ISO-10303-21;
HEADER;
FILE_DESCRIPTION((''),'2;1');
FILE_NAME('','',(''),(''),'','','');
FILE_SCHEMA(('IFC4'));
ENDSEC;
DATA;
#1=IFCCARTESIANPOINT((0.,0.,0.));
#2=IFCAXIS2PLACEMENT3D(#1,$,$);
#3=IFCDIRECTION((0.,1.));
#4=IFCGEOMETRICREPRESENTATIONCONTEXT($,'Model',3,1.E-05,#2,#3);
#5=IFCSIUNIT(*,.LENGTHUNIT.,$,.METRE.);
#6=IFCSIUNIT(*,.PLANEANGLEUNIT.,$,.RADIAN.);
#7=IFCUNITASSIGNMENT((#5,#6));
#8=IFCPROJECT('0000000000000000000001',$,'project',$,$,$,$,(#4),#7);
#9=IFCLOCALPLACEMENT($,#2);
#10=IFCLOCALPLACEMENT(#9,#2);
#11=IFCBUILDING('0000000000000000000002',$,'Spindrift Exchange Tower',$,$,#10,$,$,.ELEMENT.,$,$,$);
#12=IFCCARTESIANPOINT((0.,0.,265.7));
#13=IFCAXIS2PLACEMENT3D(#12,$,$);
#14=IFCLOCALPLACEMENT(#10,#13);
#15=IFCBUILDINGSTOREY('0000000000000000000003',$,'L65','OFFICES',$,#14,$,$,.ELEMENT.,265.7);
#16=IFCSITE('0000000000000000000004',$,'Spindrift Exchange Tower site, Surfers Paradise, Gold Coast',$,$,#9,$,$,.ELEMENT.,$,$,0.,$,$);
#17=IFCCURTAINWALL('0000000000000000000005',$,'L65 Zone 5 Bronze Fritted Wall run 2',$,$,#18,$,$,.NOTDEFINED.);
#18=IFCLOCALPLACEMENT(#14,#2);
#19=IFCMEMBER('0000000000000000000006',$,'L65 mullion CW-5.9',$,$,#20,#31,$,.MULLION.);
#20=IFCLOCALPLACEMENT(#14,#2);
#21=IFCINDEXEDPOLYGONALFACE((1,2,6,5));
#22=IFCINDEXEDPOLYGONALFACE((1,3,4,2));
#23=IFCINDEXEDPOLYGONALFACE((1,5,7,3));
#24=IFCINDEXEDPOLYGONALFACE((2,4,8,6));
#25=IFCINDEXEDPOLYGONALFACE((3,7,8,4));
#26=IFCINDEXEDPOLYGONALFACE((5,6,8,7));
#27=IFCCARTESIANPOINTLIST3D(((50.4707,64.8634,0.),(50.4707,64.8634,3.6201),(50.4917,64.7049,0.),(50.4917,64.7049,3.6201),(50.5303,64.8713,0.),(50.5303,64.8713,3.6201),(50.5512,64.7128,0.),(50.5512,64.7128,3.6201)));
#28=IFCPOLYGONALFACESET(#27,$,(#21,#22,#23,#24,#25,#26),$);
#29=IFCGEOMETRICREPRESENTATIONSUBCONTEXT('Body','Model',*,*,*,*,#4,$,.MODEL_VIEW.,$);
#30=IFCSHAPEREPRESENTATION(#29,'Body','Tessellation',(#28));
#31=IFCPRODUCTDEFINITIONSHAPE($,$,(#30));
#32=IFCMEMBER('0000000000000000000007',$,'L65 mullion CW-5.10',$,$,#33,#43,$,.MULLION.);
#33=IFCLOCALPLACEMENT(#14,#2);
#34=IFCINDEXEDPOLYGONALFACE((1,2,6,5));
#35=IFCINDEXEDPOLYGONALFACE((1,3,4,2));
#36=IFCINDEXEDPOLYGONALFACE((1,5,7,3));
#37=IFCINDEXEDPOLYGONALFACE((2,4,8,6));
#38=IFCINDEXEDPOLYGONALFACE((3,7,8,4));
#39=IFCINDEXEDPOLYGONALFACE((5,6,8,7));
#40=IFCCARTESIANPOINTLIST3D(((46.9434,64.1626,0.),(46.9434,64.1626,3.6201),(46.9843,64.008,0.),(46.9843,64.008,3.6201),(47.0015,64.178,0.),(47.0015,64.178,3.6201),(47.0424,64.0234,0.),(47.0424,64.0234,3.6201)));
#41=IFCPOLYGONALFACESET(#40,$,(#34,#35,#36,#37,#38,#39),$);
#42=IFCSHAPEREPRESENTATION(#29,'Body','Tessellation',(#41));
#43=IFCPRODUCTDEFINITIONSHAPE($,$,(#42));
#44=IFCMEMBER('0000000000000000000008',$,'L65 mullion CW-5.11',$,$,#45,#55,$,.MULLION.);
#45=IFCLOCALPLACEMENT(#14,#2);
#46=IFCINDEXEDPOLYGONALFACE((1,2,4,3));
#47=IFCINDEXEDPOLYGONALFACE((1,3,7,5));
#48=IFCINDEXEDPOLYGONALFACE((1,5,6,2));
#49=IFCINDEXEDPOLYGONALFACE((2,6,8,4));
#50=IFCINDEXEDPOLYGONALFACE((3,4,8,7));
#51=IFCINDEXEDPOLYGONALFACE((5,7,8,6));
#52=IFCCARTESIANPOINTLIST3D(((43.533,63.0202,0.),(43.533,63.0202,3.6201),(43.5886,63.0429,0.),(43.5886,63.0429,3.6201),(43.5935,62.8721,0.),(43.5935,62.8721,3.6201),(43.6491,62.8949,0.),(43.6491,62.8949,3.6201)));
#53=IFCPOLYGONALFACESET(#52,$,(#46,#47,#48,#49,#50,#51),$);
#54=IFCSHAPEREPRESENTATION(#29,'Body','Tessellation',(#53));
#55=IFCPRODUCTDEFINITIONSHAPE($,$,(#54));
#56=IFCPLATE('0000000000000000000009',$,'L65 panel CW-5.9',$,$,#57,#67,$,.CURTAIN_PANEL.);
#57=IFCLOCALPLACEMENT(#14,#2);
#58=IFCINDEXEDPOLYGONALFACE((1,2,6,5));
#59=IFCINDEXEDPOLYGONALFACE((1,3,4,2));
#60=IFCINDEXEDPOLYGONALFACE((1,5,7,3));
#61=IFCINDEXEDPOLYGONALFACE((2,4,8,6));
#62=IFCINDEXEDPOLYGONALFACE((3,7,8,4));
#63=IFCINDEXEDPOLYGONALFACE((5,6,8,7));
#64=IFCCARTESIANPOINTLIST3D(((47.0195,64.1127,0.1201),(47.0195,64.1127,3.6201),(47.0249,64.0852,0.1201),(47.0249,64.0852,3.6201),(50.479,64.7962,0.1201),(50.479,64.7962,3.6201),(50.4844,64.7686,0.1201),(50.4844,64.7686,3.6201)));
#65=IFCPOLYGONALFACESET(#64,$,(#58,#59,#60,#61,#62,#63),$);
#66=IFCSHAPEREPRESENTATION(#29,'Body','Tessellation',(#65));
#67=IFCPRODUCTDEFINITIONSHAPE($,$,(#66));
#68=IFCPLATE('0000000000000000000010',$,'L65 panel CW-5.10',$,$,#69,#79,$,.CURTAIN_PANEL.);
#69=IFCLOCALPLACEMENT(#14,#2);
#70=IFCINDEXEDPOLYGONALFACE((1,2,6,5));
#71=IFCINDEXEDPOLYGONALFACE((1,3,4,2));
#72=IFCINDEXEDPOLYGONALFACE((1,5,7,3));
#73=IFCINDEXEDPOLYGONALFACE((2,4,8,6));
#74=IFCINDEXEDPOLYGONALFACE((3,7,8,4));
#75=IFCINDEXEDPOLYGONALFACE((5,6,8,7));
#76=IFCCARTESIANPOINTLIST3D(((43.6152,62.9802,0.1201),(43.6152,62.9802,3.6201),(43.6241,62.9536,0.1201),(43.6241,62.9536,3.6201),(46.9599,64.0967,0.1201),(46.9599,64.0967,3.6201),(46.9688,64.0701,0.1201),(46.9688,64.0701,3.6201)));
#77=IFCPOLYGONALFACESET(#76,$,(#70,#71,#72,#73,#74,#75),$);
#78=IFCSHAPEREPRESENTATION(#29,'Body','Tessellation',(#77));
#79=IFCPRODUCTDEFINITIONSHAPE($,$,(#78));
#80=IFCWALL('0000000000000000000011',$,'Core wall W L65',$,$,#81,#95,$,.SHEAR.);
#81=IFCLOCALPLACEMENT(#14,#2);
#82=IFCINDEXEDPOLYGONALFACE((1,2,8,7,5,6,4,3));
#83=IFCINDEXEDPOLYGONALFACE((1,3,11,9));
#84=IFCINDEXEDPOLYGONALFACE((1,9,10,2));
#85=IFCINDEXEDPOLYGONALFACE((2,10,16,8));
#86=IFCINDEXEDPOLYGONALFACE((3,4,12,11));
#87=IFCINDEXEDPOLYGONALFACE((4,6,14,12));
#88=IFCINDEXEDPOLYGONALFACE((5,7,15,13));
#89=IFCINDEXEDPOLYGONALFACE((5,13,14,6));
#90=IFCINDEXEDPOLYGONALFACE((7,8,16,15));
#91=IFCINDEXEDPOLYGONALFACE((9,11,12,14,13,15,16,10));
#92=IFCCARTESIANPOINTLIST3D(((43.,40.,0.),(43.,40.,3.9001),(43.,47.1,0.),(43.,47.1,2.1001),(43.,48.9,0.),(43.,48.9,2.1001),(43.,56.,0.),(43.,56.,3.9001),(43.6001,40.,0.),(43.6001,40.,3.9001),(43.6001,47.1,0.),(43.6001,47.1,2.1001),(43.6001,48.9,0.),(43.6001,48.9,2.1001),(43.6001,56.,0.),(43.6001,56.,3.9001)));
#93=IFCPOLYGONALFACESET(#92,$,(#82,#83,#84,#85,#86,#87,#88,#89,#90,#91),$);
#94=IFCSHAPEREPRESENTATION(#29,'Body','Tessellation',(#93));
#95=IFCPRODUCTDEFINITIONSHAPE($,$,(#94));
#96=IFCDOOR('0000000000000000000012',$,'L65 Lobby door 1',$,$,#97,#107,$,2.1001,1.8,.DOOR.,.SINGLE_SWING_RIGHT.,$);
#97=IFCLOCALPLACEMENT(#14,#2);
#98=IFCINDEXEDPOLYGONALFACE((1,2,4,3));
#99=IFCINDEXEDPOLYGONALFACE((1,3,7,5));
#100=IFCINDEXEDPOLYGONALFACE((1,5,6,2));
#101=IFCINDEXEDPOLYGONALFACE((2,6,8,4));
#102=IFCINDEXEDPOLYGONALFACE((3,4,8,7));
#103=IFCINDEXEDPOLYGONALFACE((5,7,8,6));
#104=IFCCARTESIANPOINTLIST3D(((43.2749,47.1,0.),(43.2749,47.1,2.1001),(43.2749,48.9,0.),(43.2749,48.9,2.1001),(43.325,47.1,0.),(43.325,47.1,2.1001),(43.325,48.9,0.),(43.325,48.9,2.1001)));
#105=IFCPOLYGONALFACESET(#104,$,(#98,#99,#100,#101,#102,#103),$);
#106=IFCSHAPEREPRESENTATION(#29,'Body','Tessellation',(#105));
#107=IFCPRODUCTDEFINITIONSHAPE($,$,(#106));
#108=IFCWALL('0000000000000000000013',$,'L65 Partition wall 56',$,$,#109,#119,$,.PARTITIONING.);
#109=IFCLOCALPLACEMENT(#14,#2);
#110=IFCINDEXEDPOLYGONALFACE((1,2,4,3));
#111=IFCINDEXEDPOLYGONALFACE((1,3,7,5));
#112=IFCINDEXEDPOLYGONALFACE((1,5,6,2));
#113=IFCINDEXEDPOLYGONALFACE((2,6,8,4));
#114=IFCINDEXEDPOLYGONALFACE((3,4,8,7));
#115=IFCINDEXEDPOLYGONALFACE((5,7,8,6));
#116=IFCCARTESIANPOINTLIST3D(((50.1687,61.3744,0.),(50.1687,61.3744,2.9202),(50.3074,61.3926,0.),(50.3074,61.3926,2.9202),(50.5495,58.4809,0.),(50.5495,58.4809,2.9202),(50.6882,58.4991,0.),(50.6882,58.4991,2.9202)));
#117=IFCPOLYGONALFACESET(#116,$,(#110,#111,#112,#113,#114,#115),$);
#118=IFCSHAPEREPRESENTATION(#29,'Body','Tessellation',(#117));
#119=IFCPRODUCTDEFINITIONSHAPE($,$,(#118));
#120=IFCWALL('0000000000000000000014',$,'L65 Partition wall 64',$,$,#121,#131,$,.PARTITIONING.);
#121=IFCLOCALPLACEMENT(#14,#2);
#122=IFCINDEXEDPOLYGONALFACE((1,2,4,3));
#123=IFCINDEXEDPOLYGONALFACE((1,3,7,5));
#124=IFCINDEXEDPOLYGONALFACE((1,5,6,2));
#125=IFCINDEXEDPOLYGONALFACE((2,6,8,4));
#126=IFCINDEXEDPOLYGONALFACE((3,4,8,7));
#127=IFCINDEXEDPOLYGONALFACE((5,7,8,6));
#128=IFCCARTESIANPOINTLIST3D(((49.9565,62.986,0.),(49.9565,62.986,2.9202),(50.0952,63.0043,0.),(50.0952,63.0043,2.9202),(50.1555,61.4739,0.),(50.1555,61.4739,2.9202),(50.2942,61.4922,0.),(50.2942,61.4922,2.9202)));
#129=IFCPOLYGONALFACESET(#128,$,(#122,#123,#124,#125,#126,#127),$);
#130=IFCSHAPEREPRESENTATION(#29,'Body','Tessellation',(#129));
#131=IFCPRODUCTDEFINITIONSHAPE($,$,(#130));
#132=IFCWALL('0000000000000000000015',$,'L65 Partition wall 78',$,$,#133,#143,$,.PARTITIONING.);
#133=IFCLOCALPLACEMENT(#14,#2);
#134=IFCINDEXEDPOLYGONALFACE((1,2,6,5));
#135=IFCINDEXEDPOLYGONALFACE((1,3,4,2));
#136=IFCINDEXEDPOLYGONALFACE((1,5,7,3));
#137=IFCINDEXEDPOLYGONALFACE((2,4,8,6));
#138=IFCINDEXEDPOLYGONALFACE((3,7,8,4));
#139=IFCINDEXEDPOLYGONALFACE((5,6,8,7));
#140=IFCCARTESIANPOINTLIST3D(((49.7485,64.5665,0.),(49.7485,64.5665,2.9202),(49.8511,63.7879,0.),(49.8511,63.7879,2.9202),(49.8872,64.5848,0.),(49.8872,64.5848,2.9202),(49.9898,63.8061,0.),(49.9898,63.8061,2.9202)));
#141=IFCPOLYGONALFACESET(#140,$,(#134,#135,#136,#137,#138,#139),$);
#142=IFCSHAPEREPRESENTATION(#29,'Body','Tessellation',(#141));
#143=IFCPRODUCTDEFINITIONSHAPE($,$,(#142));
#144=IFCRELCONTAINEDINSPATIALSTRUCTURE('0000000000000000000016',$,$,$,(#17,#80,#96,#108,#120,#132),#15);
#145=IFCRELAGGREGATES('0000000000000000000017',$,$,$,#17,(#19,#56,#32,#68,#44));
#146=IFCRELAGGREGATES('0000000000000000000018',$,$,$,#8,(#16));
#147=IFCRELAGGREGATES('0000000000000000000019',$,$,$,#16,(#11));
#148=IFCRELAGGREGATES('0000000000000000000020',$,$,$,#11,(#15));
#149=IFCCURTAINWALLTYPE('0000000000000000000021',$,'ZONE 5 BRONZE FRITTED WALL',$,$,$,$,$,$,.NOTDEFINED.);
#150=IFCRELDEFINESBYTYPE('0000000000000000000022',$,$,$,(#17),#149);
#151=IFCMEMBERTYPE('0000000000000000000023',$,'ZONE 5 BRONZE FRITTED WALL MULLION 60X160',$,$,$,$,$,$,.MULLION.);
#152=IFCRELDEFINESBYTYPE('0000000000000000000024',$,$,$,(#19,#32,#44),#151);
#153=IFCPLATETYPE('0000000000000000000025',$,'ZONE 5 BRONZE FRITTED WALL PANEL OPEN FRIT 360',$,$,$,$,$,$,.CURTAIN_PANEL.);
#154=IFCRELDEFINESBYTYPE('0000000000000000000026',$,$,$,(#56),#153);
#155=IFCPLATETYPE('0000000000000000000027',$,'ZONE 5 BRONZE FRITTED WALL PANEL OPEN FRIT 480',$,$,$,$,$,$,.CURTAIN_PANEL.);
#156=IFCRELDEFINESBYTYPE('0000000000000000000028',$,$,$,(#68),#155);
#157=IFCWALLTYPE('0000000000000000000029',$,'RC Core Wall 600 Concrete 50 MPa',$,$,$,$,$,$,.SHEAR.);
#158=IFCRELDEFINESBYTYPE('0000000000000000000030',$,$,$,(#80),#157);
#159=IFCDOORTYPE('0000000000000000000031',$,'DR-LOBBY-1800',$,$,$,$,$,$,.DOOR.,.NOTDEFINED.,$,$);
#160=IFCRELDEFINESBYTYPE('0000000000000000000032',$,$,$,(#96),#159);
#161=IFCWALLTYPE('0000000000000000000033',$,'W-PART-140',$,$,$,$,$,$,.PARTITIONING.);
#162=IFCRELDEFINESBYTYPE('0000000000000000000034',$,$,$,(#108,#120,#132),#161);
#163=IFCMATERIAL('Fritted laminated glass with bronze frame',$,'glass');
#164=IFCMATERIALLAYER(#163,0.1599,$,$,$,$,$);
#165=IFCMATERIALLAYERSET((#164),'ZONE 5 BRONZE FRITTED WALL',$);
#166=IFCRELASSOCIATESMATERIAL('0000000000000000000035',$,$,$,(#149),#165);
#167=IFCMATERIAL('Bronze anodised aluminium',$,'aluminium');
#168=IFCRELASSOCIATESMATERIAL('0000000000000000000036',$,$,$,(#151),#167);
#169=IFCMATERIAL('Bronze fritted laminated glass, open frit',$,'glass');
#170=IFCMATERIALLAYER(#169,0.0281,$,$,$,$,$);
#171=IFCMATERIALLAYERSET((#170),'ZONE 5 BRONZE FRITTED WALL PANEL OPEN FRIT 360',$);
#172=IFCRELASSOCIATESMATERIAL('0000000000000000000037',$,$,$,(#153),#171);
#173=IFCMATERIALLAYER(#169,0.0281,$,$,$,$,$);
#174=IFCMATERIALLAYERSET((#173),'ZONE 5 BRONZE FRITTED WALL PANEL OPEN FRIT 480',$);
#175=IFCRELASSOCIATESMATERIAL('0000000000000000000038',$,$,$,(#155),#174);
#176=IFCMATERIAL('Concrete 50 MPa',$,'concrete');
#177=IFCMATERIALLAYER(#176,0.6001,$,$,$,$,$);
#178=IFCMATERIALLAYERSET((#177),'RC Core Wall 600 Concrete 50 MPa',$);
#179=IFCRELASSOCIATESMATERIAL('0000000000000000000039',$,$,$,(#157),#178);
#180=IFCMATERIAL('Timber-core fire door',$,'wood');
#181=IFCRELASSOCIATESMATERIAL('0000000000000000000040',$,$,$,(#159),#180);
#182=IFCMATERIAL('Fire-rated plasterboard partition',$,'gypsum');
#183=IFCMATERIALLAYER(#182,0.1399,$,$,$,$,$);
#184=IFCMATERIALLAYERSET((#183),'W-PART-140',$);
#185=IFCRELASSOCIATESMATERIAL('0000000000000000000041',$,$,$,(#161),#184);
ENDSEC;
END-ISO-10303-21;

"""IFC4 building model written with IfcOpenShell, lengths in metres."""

from ifc_helpers import new_model, si_unit, direction, frame, frame_2d, origin, origin_2d, place, context, subcontext, project, spatial, rectangle, extrude, source, transform, mapped, material, layer, layer_set, material_profile, profile_set, type_object, element, fill, aggregate, save


model = new_model("IFC4")

# Units and contexts
model_context = context("Model", 3, precision=1e-05, world=origin(), true_north=direction((0.0, 1.0)))
body_context = subcontext(model_context, "Body", "Model", "MODEL_VIEW")
ifc_project = project(units=[si_unit("LENGTHUNIT", "METRE"), si_unit("PLANEANGLEUNIT", "RADIAN")], contexts=[model_context])

# Site, building, storey
site_placement = place(None, origin())
site = spatial("IfcSite", under=ifc_project, at=site_placement, Name="Spindrift Exchange Tower site, Surfers Paradise, Gold Coast", CompositionType="ELEMENT", RefElevation=0.0)
building_placement = place(site_placement, origin())
building = spatial("IfcBuilding", under=site, at=building_placement, Name="Spindrift Exchange Tower", CompositionType="ELEMENT")
storey_placement = place(building_placement, frame((0.0, 0.0, 265.7)))
storey = spatial("IfcBuildingStorey", under=building, at=storey_placement, Name="L65", Description="OFFICES", CompositionType="ELEMENT", Elevation=265.7)

# Curtain wall, members, plates
ifc_material_1 = material(Name="Fritted laminated glass with bronze frame", Category="glass")
ifc_layer_1 = layer(ifc_material_1, 0.1599)
ifc_layer_set_1 = layer_set([ifc_layer_1], Name="ZONE 5 BRONZE FRITTED WALL")
curtain_wall_type = type_object("IfcCurtainWallType", Name="ZONE 5 BRONZE FRITTED WALL", PredefinedType="NOTDEFINED", material=ifc_layer_set_1)
curtain_wall_placement = place(storey_placement, origin())
curtain_wall = element("IfcCurtainWall", 1, at=curtain_wall_placement, inside=storey, type_object=curtain_wall_type, Name="L65 Zone 5 Bronze Fritted Wall run 2", PredefinedType="NOTDEFINED")
ifc_material_2 = material(Name="Bronze anodised aluminium", Category="aluminium")
ifc_material_profile_1 = material_profile(ifc_material_2, rectangle(XDim=0.0601, YDim=0.1599, at=origin_2d()), Name="ZONE 5 BRONZE FRITTED WALL MULLION 60X160")
ifc_profile_set_1 = profile_set([ifc_material_profile_1], Name="Bronze anodised aluminium")
member_type_1 = type_object("IfcMemberType", Name="ZONE 5 BRONZE FRITTED WALL MULLION 60X160", PredefinedType="MULLION", material=ifc_profile_set_1)
shared_shape_1 = source(origin(), body_context, "Body", "SweptSolid", [
    extrude(rectangle(XDim=0.0601, YDim=0.1599, at=origin_2d()), origin(), (0.0, 0.0, 1.0), 3.6201),
])
member_1_placement = place(storey_placement, frame((50.511, 64.7881, 0.0), z_axis=(0.0, 0.0, 1.0), x_axis=(-0.99137, -0.131096, 0.0)))
member_1 = element("IfcMember", 2, at=member_1_placement, type_object=member_type_1, Name="L65 mullion CW-5.9", PredefinedType="MULLION", context=body_context, shape_type="MappedRepresentation", body=[
    mapped(shared_shape_1, transform((0.0, 0.0, 0.0), scale=1.0)),
])
member_2_placement = place(storey_placement, frame((46.9929, 64.093, 0.0), z_axis=(0.0, 0.0, 1.0), x_axis=(-0.966742, -0.255754, 0.0)))
member_2 = element("IfcMember", 3, at=member_2_placement, type_object=member_type_1, Name="L65 mullion CW-5.10", PredefinedType="MULLION", context=body_context, shape_type="MappedRepresentation", body=[
    mapped(shared_shape_1, transform((0.0, 0.0, 0.0), scale=1.0)),
])
member_3_placement = place(storey_placement, frame((43.5911, 62.9575, 0.0), z_axis=(0.0, 0.0, 1.0), x_axis=(-0.92569, -0.378284, 0.0)))
member_3 = element("IfcMember", 4, at=member_3_placement, type_object=member_type_1, Name="L65 mullion CW-5.11", PredefinedType="MULLION", context=body_context, shape_type="MappedRepresentation", body=[
    mapped(shared_shape_1, transform((0.0, 0.0, 0.0), scale=1.0)),
])
ifc_material_3 = material(Name="Bronze fritted laminated glass, open frit", Category="glass")
ifc_layer_2 = layer(ifc_material_3, 0.0281)
ifc_layer_set_2 = layer_set([ifc_layer_2], Name="ZONE 5 BRONZE FRITTED WALL PANEL OPEN FRIT 360")
plate_type_1 = type_object("IfcPlateType", Name="ZONE 5 BRONZE FRITTED WALL PANEL OPEN FRIT 360", PredefinedType="CURTAIN_PANEL", material=ifc_layer_set_2)
shared_shape_2 = source(origin(), body_context, "Body", "SweptSolid", [
    extrude(rectangle(XDim=3.5264, YDim=0.0281, at=origin_2d()), origin(), (0.0, 0.0, 1.0), 3.5),
])
plate_1_placement = place(storey_placement, frame((48.752, 64.4407, 0.1201), z_axis=(0.0, 0.0, 1.0), x_axis=(-0.981037, -0.19382, 0.0)))
plate_1 = element("IfcPlate", 5, at=plate_1_placement, type_object=plate_type_1, Name="L65 panel CW-5.9", PredefinedType="CURTAIN_PANEL", context=body_context, shape_type="MappedRepresentation", body=[
    mapped(shared_shape_2, transform((0.0, 0.0, 0.0), scale=1.0)),
])
ifc_layer_3 = layer(ifc_material_3, 0.0281)
ifc_layer_set_3 = layer_set([ifc_layer_3], Name="ZONE 5 BRONZE FRITTED WALL PANEL OPEN FRIT 480")
plate_type_2 = type_object("IfcPlateType", Name="ZONE 5 BRONZE FRITTED WALL PANEL OPEN FRIT 480", PredefinedType="CURTAIN_PANEL", material=ifc_layer_set_3)
shared_shape_3 = source(origin(), body_context, "Body", "SweptSolid", [
    extrude(rectangle(XDim=3.5261, YDim=0.0281, at=origin_2d()), origin(), (0.0, 0.0, 1.0), 3.5),
])
plate_2_placement = place(storey_placement, frame((45.292, 63.5251, 0.1201), z_axis=(0.0, 0.0, 1.0), x_axis=(-0.948541, -0.316654, 0.0)))
plate_2 = element("IfcPlate", 6, at=plate_2_placement, type_object=plate_type_2, Name="L65 panel CW-5.10", PredefinedType="CURTAIN_PANEL", context=body_context, shape_type="MappedRepresentation", body=[
    mapped(shared_shape_3, transform((0.0, 0.0, 0.0), scale=1.0)),
])
aggregate(curtain_wall, [member_1, plate_1, member_2, plate_2, member_3])

# Wall, opening, door
ifc_material_4 = material(Name="Concrete 50 MPa", Category="concrete")
ifc_layer_4 = layer(ifc_material_4, 0.6001)
ifc_layer_set_4 = layer_set([ifc_layer_4], Name="RC Core Wall 600 Concrete 50 MPa")
wall_type_1 = type_object("IfcWallType", Name="RC Core Wall 600 Concrete 50 MPa", PredefinedType="SHEAR", material=ifc_layer_set_4)
wall_1_placement = place(storey_placement, frame((43.3, 56.0, 0.0), z_axis=(0.0, 0.0, 1.0), x_axis=(0.0, -1.0, 0.0)))
wall_1 = element("IfcWall", 7, at=wall_1_placement, inside=storey, type_object=wall_type_1, Name="Core wall W L65", PredefinedType="SHEAR", context=body_context, shape_type="SweptSolid", body=[
    extrude(rectangle(XDim=16.0, YDim=0.6001, at=frame_2d((8.0, 0.0))), origin(), (0.0, 0.0, 1.0), 3.9001),
])
opening_placement = place(wall_1_placement, frame((7.1001, 0.0, 0.0)))
opening = element("IfcOpeningElement", 8, at=opening_placement, cuts=wall_1, PredefinedType="OPENING", context=body_context, shape_type="SweptSolid", body=[
    extrude(rectangle(XDim=1.8, YDim=2.1001, at=frame_2d((0.8999, 1.05))), frame((0.0, 0.3101, 0.0), z_axis=(0.0, -1.0, 0.0), x_axis=(1.0, 0.0, 0.0)), (0.0, 0.0, 1.0), 0.6201),
])
ifc_material_5 = material(Name="Timber-core fire door", Category="wood")
door_type = type_object("IfcDoorType", Name="DR-LOBBY-1800", OperationType="NOTDEFINED", PredefinedType="DOOR", material=ifc_material_5)
shared_shape_4 = source(origin(), body_context, "Body", "SweptSolid", [
    extrude(rectangle(XDim=1.8, YDim=2.1001, at=frame_2d((0.8999, 1.05))), frame((0.0, 0.0249, 0.0), z_axis=(0.0, -1.0, 0.0), x_axis=(1.0, 0.0, 0.0)), (0.0, 0.0, 1.0), 0.05),
])
door_placement = place(opening_placement, origin())
door = element("IfcDoor", 9, at=door_placement, inside=storey, type_object=door_type, Name="L65 Lobby door 1", OperationType="SINGLE_SWING_RIGHT", OverallHeight=2.1001, OverallWidth=1.8, PredefinedType="DOOR", context=body_context, shape_type="MappedRepresentation", body=[
    mapped(shared_shape_4, transform((0.0, 0.0, 0.0), scale=1.0)),
])
fill(opening, door)

# Walls
ifc_material_6 = material(Name="Fire-rated plasterboard partition", Category="gypsum")
ifc_layer_5 = layer(ifc_material_6, 0.1399)
ifc_layer_set_5 = layer_set([ifc_layer_5], Name="W-PART-140")
wall_type_2 = type_object("IfcWallType", Name="W-PART-140", PredefinedType="PARTITIONING", material=ifc_layer_set_5)
wall_2_placement = place(storey_placement, frame((50.6189, 58.49, 0.0), z_axis=(0.0, 0.0, 1.0), x_axis=(-0.130498, 0.991449, 0.0)))
element("IfcWall", 10, at=wall_2_placement, inside=storey, type_object=wall_type_2, Name="L65 Partition wall 56", PredefinedType="PARTITIONING", context=body_context, shape_type="SweptSolid", body=[
    extrude(rectangle(XDim=2.9185, YDim=0.1399, at=frame_2d((1.4592, 0.0))), origin(), (0.0, 0.0, 1.0), 2.9202),
])
wall_3_placement = place(storey_placement, frame((50.2249, 61.4829, 0.0), z_axis=(0.0, 0.0, 1.0), x_axis=(-0.130455, 0.991454, 0.0)))
element("IfcWall", 11, at=wall_3_placement, inside=storey, type_object=wall_type_2, Name="L65 Partition wall 64", PredefinedType="PARTITIONING", context=body_context, shape_type="SweptSolid", body=[
    extrude(rectangle(XDim=1.5251, YDim=0.1399, at=frame_2d((0.7627, 0.0))), origin(), (0.0, 0.0, 1.0), 2.9202),
])
wall_4_placement = place(storey_placement, frame((49.9204, 63.7971, 0.0), z_axis=(0.0, 0.0, 1.0), x_axis=(-0.130575, 0.991438, 0.0)))
element("IfcWall", 12, at=wall_4_placement, inside=storey, type_object=wall_type_2, Name="L65 Partition wall 78", PredefinedType="PARTITIONING", context=body_context, shape_type="SweptSolid", body=[
    extrude(rectangle(XDim=0.7854, YDim=0.1399, at=frame_2d((0.3926, 0.0))), origin(), (0.0, 0.0, 1.0), 2.9202),
])

save(model, "model.ifc")
